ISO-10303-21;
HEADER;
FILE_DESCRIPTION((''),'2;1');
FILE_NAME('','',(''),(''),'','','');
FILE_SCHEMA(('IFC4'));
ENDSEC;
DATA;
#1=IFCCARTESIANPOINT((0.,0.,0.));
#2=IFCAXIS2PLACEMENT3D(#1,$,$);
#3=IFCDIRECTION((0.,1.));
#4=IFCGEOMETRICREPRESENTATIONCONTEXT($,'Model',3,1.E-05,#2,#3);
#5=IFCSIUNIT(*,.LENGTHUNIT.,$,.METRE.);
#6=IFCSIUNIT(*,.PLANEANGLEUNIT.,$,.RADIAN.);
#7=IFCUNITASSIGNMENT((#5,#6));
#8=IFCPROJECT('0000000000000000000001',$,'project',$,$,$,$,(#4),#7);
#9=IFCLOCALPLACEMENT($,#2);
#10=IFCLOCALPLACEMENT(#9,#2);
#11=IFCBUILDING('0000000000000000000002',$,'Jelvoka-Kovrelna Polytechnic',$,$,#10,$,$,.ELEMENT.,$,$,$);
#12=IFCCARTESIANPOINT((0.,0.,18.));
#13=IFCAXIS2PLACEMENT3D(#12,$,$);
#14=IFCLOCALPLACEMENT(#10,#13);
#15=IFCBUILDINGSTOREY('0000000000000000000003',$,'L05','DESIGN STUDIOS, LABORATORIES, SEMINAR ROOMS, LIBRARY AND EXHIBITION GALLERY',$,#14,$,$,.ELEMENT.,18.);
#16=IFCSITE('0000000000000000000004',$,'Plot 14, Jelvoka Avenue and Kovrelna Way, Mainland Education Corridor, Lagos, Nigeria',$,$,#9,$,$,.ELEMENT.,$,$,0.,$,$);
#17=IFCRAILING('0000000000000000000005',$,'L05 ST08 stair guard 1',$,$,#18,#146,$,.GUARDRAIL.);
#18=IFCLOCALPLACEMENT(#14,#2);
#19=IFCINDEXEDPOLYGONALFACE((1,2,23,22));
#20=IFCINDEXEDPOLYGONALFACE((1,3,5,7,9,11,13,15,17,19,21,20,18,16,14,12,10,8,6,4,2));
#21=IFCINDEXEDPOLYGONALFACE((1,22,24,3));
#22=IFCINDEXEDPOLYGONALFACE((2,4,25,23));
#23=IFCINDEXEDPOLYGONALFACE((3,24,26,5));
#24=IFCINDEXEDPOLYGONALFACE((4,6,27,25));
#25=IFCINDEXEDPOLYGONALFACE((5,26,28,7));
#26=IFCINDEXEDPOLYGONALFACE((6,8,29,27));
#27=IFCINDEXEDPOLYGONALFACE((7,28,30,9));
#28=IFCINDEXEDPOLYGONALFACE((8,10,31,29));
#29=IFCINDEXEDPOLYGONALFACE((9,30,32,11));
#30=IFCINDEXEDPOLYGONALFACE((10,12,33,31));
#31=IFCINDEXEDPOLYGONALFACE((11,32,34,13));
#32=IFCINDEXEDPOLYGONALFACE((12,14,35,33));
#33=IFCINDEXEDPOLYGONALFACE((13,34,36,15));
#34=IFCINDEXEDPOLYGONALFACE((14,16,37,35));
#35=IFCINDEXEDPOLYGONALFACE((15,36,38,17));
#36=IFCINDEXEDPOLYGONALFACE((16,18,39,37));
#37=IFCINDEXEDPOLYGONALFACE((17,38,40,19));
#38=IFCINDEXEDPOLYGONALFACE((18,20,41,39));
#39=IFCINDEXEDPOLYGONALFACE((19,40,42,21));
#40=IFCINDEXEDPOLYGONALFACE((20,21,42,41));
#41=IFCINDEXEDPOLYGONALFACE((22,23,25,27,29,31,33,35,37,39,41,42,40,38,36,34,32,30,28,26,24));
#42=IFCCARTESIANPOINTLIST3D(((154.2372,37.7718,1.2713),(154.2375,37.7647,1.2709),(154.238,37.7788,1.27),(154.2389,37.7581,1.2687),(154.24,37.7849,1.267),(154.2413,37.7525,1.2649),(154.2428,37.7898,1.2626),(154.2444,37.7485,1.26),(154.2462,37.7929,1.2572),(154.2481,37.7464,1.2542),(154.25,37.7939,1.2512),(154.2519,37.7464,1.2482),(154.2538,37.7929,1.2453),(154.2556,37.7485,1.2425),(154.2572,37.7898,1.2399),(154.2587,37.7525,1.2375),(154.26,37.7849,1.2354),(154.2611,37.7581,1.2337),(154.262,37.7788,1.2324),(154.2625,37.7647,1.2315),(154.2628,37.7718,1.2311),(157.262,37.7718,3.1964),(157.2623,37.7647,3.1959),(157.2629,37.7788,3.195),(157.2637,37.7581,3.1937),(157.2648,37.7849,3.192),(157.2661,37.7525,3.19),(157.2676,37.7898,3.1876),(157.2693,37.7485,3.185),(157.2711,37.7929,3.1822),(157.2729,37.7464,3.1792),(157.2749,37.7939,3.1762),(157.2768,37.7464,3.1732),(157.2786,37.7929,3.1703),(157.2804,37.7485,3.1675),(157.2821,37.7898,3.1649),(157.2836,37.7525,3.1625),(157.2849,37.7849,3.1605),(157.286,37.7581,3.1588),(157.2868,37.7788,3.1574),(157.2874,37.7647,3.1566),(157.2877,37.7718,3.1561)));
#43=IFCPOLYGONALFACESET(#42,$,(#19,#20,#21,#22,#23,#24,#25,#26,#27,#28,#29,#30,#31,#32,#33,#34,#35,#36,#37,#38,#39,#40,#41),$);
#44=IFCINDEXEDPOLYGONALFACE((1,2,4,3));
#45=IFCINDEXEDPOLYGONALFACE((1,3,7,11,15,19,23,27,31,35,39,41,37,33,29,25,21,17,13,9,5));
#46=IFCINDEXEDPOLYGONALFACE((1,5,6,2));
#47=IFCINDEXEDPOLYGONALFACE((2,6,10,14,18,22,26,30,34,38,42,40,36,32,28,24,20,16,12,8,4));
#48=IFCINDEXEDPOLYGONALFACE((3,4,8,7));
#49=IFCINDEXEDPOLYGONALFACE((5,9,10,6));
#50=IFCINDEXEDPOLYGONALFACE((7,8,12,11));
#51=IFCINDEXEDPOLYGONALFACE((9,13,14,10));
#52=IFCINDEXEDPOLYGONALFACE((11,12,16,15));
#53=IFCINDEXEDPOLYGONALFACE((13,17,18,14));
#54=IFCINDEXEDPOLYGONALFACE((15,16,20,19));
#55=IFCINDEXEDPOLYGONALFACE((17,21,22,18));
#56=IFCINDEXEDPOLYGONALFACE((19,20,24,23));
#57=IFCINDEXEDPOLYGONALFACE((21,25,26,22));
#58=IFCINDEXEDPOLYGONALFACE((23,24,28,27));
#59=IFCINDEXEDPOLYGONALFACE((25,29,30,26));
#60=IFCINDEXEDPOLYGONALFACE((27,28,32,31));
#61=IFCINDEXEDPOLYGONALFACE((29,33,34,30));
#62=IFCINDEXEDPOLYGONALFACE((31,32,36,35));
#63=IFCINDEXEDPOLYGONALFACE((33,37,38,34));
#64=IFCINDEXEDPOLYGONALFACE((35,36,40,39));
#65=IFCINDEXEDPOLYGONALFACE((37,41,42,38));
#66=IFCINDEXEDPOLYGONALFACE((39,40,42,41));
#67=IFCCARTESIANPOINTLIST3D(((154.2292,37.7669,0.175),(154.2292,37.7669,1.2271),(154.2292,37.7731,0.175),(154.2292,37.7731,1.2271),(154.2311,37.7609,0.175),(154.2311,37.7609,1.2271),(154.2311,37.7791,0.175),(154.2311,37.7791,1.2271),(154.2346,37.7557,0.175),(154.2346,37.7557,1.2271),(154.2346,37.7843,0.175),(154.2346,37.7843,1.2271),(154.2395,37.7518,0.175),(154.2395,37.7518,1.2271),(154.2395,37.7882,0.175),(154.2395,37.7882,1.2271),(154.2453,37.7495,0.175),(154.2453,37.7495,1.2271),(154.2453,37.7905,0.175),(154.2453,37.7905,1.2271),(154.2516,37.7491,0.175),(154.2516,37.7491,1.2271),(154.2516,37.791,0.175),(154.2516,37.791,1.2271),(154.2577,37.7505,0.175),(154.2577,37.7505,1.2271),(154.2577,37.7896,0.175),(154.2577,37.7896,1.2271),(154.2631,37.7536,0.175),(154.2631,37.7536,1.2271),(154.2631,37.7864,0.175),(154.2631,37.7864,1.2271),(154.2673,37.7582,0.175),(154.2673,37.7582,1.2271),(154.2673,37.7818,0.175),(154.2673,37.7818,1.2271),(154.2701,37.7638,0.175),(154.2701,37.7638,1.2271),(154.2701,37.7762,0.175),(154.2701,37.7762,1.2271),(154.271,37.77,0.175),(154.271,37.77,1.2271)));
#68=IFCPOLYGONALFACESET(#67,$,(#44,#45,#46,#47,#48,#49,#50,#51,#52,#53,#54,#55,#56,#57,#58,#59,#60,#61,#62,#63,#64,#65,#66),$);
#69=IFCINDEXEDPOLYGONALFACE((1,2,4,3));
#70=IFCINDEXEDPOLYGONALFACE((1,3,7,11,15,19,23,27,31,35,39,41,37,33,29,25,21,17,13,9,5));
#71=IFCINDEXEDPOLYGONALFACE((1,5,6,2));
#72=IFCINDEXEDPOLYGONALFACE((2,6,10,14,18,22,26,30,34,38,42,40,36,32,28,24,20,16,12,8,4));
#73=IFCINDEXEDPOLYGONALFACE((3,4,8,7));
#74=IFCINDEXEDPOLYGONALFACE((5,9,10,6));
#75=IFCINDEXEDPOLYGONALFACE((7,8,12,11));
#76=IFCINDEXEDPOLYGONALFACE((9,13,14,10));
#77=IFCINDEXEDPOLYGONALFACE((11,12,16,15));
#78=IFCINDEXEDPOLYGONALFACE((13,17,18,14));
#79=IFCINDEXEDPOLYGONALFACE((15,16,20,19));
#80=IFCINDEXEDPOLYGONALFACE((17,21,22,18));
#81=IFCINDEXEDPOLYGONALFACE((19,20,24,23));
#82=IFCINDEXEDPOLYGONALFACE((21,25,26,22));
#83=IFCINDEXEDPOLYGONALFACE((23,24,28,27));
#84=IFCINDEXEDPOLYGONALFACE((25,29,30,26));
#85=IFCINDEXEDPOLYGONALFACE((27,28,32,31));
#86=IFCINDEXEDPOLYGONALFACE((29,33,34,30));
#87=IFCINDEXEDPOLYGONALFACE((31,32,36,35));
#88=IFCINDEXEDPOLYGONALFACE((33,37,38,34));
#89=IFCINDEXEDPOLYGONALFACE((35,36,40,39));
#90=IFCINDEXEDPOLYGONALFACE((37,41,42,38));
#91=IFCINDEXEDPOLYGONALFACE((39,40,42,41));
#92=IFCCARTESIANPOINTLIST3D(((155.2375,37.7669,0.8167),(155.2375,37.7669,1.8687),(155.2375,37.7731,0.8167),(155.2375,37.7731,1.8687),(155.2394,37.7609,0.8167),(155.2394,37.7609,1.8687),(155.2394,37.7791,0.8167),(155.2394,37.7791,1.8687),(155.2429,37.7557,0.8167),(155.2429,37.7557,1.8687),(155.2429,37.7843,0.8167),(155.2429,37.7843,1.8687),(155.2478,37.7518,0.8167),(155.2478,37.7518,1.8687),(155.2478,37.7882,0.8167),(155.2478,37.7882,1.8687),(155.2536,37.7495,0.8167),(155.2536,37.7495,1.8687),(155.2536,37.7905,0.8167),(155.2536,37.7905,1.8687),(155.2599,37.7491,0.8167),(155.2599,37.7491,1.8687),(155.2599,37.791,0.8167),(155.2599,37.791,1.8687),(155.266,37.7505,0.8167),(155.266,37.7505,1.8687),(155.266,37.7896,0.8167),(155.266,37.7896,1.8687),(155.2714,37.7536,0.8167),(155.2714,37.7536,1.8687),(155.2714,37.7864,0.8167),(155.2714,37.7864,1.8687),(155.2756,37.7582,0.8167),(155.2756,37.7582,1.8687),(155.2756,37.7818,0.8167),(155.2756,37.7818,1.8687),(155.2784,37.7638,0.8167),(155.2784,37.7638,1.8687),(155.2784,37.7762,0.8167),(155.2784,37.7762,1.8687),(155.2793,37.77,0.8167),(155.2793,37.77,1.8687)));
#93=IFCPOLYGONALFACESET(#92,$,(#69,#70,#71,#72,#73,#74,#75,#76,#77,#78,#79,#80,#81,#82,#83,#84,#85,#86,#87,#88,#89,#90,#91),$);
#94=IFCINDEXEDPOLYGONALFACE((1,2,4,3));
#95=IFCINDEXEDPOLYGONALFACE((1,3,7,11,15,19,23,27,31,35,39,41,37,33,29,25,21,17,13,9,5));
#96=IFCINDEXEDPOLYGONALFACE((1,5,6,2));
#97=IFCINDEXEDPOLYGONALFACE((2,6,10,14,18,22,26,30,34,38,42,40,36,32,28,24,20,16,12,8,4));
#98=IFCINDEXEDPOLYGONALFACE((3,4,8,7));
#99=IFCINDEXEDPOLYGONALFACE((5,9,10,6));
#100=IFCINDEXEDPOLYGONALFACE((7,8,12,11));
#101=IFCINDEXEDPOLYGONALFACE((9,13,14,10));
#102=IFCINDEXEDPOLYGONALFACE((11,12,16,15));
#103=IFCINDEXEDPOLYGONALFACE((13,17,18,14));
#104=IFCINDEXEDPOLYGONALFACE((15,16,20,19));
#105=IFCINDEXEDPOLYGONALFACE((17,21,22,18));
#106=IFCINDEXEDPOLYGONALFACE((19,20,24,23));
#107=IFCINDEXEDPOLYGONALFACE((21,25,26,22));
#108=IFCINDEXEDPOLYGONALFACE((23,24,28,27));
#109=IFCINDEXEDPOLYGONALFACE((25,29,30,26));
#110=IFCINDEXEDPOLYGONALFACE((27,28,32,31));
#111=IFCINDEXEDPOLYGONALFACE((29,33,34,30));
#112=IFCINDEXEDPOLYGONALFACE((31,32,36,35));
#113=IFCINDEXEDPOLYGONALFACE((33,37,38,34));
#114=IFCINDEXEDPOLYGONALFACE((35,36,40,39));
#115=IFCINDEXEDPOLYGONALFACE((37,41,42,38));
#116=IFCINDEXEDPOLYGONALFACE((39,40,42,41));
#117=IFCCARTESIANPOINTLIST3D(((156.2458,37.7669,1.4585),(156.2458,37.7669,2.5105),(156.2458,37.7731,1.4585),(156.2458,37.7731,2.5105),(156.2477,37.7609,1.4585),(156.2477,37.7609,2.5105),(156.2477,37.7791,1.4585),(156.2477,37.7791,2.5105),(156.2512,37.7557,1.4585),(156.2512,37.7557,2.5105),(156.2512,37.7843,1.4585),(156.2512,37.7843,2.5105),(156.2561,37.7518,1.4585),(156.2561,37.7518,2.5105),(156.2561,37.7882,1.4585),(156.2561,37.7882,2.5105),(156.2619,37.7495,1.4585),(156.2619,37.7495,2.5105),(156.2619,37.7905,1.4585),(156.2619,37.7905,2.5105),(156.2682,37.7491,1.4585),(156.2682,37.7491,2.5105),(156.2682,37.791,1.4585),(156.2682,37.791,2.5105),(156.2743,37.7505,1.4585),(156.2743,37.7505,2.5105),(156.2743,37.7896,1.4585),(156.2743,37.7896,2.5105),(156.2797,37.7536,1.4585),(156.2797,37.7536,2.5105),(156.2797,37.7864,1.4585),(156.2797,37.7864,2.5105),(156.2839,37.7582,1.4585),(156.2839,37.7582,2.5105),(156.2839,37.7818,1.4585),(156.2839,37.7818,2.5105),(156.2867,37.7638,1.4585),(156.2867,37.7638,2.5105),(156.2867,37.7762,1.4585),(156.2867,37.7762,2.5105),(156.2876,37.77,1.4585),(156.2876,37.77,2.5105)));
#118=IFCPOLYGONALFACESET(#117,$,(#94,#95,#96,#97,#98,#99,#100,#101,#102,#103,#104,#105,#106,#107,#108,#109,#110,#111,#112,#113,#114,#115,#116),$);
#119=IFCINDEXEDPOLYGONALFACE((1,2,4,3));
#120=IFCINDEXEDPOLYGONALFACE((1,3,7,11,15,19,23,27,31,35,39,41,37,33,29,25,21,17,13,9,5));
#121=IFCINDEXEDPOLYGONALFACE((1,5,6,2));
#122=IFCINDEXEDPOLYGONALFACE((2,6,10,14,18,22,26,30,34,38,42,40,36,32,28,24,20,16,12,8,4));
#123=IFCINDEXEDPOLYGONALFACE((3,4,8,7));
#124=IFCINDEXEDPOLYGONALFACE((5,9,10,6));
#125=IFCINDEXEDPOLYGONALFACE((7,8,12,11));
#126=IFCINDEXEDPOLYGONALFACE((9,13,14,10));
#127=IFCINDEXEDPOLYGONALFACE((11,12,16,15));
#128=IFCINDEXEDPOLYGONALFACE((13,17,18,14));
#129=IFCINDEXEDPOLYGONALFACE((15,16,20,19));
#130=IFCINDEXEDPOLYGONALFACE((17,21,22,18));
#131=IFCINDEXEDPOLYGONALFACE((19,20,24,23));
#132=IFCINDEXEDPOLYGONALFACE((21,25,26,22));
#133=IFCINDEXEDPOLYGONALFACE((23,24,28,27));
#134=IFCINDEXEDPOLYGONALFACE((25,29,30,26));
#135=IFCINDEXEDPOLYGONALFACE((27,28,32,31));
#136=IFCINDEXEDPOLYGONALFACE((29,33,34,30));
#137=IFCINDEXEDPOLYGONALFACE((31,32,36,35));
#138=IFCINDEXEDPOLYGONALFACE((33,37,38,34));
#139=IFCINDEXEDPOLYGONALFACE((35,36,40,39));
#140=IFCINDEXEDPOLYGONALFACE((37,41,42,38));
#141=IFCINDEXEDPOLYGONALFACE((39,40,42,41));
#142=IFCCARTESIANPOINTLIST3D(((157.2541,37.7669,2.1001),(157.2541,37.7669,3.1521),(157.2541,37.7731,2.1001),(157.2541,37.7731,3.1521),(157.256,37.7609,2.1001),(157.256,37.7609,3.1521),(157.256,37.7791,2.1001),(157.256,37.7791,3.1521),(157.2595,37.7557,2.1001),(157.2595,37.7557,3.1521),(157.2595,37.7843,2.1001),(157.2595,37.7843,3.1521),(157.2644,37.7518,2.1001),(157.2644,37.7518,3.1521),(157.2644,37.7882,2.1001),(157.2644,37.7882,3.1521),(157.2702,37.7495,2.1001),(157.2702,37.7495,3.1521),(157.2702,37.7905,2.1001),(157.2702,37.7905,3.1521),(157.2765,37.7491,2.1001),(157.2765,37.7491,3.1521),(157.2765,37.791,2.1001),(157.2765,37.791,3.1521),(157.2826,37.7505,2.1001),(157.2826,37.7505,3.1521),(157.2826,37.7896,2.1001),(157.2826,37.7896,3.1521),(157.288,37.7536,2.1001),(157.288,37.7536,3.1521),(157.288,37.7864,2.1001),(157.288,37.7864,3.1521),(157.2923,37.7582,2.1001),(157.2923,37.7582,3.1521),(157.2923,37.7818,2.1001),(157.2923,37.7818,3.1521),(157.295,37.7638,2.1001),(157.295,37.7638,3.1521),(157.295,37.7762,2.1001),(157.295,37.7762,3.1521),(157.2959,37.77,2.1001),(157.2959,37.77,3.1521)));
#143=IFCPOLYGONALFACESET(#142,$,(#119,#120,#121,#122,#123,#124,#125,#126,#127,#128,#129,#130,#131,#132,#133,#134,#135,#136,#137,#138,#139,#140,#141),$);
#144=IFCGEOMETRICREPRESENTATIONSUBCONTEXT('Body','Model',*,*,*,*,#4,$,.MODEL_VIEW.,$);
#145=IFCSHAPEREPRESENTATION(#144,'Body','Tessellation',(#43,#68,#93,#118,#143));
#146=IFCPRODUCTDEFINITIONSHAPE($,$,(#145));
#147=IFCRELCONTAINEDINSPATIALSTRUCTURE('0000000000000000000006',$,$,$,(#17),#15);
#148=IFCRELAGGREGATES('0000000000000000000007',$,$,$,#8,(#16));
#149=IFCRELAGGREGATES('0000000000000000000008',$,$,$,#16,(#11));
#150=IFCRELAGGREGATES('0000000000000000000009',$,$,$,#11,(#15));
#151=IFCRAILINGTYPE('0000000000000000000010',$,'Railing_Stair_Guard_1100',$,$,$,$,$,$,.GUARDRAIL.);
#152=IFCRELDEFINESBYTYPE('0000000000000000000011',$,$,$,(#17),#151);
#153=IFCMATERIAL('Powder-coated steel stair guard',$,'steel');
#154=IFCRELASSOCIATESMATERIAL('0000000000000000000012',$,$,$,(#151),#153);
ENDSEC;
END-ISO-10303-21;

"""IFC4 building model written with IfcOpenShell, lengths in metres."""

from ifc_helpers import new_model, si_unit, direction, frame, origin, origin_2d, place, context, subcontext, project, spatial, circle, extrude, material, type_object, element, save


model = new_model("IFC4")

# Units and contexts
model_context = context("Model", 3, precision=1e-05, world=origin(), true_north=direction((0.0, 1.0)))
body_context = subcontext(model_context, "Body", "Model", "MODEL_VIEW")
ifc_project = project(units=[si_unit("LENGTHUNIT", "METRE"), si_unit("PLANEANGLEUNIT", "RADIAN")], contexts=[model_context])

# Site, building, storey
site_placement = place(None, origin())
site = spatial("IfcSite", under=ifc_project, at=site_placement, Name="Plot 14, Jelvoka Avenue and Kovrelna Way, Mainland Education Corridor, Lagos, Nigeria", CompositionType="ELEMENT", RefElevation=0.0)
building_placement = place(site_placement, origin())
building = spatial("IfcBuilding", under=site, at=building_placement, Name="Jelvoka-Kovrelna Polytechnic", CompositionType="ELEMENT")
storey_placement = place(building_placement, frame((0.0, 0.0, 18.0)))
storey = spatial("IfcBuildingStorey", under=building, at=storey_placement, Name="L05", Description="DESIGN STUDIOS, LABORATORIES, SEMINAR ROOMS, LIBRARY AND EXHIBITION GALLERY", CompositionType="ELEMENT", Elevation=18.0)

# Railing
ifc_material_1 = material(Name="Powder-coated steel stair guard", Category="steel")
railing_type_1 = type_object("IfcRailingType", Name="Railing_Stair_Guard_1100", PredefinedType="GUARDRAIL", material=ifc_material_1)
railing_1_placement = place(storey_placement, frame((154.25, 37.77, 0.175)))
element("IfcRailing", 1, at=railing_1_placement, inside=storey, type_object=railing_type_1, Name="L05 ST08 stair guard 1", PredefinedType="GUARDRAIL", context=body_context, shape_type="SweptSolid", body=[
    extrude(circle(Radius=0.0239, at=origin_2d()), frame((0.0, 0.0, 1.0762), z_axis=(0.843647, 0.0, 0.536898), x_axis=(0.0, 1.0, 0.0)), (0.0, 0.0, 1.0), 3.5854),
    extrude(circle(Radius=0.021, at=origin_2d()), origin(), (0.0, 0.0, 1.0), 1.052),
    extrude(circle(Radius=0.021, at=origin_2d()), frame((1.0083, 0.0, 0.6416)), (0.0, 0.0, 1.0), 1.052),
    extrude(circle(Radius=0.021, at=origin_2d()), frame((2.0166, 0.0, 1.2834)), (0.0, 0.0, 1.0), 1.052),
    extrude(circle(Radius=0.021, at=origin_2d()), frame((3.0249, 0.0, 1.925)), (0.0, 0.0, 1.0), 1.052),
])

save(model, "model.ifc")
